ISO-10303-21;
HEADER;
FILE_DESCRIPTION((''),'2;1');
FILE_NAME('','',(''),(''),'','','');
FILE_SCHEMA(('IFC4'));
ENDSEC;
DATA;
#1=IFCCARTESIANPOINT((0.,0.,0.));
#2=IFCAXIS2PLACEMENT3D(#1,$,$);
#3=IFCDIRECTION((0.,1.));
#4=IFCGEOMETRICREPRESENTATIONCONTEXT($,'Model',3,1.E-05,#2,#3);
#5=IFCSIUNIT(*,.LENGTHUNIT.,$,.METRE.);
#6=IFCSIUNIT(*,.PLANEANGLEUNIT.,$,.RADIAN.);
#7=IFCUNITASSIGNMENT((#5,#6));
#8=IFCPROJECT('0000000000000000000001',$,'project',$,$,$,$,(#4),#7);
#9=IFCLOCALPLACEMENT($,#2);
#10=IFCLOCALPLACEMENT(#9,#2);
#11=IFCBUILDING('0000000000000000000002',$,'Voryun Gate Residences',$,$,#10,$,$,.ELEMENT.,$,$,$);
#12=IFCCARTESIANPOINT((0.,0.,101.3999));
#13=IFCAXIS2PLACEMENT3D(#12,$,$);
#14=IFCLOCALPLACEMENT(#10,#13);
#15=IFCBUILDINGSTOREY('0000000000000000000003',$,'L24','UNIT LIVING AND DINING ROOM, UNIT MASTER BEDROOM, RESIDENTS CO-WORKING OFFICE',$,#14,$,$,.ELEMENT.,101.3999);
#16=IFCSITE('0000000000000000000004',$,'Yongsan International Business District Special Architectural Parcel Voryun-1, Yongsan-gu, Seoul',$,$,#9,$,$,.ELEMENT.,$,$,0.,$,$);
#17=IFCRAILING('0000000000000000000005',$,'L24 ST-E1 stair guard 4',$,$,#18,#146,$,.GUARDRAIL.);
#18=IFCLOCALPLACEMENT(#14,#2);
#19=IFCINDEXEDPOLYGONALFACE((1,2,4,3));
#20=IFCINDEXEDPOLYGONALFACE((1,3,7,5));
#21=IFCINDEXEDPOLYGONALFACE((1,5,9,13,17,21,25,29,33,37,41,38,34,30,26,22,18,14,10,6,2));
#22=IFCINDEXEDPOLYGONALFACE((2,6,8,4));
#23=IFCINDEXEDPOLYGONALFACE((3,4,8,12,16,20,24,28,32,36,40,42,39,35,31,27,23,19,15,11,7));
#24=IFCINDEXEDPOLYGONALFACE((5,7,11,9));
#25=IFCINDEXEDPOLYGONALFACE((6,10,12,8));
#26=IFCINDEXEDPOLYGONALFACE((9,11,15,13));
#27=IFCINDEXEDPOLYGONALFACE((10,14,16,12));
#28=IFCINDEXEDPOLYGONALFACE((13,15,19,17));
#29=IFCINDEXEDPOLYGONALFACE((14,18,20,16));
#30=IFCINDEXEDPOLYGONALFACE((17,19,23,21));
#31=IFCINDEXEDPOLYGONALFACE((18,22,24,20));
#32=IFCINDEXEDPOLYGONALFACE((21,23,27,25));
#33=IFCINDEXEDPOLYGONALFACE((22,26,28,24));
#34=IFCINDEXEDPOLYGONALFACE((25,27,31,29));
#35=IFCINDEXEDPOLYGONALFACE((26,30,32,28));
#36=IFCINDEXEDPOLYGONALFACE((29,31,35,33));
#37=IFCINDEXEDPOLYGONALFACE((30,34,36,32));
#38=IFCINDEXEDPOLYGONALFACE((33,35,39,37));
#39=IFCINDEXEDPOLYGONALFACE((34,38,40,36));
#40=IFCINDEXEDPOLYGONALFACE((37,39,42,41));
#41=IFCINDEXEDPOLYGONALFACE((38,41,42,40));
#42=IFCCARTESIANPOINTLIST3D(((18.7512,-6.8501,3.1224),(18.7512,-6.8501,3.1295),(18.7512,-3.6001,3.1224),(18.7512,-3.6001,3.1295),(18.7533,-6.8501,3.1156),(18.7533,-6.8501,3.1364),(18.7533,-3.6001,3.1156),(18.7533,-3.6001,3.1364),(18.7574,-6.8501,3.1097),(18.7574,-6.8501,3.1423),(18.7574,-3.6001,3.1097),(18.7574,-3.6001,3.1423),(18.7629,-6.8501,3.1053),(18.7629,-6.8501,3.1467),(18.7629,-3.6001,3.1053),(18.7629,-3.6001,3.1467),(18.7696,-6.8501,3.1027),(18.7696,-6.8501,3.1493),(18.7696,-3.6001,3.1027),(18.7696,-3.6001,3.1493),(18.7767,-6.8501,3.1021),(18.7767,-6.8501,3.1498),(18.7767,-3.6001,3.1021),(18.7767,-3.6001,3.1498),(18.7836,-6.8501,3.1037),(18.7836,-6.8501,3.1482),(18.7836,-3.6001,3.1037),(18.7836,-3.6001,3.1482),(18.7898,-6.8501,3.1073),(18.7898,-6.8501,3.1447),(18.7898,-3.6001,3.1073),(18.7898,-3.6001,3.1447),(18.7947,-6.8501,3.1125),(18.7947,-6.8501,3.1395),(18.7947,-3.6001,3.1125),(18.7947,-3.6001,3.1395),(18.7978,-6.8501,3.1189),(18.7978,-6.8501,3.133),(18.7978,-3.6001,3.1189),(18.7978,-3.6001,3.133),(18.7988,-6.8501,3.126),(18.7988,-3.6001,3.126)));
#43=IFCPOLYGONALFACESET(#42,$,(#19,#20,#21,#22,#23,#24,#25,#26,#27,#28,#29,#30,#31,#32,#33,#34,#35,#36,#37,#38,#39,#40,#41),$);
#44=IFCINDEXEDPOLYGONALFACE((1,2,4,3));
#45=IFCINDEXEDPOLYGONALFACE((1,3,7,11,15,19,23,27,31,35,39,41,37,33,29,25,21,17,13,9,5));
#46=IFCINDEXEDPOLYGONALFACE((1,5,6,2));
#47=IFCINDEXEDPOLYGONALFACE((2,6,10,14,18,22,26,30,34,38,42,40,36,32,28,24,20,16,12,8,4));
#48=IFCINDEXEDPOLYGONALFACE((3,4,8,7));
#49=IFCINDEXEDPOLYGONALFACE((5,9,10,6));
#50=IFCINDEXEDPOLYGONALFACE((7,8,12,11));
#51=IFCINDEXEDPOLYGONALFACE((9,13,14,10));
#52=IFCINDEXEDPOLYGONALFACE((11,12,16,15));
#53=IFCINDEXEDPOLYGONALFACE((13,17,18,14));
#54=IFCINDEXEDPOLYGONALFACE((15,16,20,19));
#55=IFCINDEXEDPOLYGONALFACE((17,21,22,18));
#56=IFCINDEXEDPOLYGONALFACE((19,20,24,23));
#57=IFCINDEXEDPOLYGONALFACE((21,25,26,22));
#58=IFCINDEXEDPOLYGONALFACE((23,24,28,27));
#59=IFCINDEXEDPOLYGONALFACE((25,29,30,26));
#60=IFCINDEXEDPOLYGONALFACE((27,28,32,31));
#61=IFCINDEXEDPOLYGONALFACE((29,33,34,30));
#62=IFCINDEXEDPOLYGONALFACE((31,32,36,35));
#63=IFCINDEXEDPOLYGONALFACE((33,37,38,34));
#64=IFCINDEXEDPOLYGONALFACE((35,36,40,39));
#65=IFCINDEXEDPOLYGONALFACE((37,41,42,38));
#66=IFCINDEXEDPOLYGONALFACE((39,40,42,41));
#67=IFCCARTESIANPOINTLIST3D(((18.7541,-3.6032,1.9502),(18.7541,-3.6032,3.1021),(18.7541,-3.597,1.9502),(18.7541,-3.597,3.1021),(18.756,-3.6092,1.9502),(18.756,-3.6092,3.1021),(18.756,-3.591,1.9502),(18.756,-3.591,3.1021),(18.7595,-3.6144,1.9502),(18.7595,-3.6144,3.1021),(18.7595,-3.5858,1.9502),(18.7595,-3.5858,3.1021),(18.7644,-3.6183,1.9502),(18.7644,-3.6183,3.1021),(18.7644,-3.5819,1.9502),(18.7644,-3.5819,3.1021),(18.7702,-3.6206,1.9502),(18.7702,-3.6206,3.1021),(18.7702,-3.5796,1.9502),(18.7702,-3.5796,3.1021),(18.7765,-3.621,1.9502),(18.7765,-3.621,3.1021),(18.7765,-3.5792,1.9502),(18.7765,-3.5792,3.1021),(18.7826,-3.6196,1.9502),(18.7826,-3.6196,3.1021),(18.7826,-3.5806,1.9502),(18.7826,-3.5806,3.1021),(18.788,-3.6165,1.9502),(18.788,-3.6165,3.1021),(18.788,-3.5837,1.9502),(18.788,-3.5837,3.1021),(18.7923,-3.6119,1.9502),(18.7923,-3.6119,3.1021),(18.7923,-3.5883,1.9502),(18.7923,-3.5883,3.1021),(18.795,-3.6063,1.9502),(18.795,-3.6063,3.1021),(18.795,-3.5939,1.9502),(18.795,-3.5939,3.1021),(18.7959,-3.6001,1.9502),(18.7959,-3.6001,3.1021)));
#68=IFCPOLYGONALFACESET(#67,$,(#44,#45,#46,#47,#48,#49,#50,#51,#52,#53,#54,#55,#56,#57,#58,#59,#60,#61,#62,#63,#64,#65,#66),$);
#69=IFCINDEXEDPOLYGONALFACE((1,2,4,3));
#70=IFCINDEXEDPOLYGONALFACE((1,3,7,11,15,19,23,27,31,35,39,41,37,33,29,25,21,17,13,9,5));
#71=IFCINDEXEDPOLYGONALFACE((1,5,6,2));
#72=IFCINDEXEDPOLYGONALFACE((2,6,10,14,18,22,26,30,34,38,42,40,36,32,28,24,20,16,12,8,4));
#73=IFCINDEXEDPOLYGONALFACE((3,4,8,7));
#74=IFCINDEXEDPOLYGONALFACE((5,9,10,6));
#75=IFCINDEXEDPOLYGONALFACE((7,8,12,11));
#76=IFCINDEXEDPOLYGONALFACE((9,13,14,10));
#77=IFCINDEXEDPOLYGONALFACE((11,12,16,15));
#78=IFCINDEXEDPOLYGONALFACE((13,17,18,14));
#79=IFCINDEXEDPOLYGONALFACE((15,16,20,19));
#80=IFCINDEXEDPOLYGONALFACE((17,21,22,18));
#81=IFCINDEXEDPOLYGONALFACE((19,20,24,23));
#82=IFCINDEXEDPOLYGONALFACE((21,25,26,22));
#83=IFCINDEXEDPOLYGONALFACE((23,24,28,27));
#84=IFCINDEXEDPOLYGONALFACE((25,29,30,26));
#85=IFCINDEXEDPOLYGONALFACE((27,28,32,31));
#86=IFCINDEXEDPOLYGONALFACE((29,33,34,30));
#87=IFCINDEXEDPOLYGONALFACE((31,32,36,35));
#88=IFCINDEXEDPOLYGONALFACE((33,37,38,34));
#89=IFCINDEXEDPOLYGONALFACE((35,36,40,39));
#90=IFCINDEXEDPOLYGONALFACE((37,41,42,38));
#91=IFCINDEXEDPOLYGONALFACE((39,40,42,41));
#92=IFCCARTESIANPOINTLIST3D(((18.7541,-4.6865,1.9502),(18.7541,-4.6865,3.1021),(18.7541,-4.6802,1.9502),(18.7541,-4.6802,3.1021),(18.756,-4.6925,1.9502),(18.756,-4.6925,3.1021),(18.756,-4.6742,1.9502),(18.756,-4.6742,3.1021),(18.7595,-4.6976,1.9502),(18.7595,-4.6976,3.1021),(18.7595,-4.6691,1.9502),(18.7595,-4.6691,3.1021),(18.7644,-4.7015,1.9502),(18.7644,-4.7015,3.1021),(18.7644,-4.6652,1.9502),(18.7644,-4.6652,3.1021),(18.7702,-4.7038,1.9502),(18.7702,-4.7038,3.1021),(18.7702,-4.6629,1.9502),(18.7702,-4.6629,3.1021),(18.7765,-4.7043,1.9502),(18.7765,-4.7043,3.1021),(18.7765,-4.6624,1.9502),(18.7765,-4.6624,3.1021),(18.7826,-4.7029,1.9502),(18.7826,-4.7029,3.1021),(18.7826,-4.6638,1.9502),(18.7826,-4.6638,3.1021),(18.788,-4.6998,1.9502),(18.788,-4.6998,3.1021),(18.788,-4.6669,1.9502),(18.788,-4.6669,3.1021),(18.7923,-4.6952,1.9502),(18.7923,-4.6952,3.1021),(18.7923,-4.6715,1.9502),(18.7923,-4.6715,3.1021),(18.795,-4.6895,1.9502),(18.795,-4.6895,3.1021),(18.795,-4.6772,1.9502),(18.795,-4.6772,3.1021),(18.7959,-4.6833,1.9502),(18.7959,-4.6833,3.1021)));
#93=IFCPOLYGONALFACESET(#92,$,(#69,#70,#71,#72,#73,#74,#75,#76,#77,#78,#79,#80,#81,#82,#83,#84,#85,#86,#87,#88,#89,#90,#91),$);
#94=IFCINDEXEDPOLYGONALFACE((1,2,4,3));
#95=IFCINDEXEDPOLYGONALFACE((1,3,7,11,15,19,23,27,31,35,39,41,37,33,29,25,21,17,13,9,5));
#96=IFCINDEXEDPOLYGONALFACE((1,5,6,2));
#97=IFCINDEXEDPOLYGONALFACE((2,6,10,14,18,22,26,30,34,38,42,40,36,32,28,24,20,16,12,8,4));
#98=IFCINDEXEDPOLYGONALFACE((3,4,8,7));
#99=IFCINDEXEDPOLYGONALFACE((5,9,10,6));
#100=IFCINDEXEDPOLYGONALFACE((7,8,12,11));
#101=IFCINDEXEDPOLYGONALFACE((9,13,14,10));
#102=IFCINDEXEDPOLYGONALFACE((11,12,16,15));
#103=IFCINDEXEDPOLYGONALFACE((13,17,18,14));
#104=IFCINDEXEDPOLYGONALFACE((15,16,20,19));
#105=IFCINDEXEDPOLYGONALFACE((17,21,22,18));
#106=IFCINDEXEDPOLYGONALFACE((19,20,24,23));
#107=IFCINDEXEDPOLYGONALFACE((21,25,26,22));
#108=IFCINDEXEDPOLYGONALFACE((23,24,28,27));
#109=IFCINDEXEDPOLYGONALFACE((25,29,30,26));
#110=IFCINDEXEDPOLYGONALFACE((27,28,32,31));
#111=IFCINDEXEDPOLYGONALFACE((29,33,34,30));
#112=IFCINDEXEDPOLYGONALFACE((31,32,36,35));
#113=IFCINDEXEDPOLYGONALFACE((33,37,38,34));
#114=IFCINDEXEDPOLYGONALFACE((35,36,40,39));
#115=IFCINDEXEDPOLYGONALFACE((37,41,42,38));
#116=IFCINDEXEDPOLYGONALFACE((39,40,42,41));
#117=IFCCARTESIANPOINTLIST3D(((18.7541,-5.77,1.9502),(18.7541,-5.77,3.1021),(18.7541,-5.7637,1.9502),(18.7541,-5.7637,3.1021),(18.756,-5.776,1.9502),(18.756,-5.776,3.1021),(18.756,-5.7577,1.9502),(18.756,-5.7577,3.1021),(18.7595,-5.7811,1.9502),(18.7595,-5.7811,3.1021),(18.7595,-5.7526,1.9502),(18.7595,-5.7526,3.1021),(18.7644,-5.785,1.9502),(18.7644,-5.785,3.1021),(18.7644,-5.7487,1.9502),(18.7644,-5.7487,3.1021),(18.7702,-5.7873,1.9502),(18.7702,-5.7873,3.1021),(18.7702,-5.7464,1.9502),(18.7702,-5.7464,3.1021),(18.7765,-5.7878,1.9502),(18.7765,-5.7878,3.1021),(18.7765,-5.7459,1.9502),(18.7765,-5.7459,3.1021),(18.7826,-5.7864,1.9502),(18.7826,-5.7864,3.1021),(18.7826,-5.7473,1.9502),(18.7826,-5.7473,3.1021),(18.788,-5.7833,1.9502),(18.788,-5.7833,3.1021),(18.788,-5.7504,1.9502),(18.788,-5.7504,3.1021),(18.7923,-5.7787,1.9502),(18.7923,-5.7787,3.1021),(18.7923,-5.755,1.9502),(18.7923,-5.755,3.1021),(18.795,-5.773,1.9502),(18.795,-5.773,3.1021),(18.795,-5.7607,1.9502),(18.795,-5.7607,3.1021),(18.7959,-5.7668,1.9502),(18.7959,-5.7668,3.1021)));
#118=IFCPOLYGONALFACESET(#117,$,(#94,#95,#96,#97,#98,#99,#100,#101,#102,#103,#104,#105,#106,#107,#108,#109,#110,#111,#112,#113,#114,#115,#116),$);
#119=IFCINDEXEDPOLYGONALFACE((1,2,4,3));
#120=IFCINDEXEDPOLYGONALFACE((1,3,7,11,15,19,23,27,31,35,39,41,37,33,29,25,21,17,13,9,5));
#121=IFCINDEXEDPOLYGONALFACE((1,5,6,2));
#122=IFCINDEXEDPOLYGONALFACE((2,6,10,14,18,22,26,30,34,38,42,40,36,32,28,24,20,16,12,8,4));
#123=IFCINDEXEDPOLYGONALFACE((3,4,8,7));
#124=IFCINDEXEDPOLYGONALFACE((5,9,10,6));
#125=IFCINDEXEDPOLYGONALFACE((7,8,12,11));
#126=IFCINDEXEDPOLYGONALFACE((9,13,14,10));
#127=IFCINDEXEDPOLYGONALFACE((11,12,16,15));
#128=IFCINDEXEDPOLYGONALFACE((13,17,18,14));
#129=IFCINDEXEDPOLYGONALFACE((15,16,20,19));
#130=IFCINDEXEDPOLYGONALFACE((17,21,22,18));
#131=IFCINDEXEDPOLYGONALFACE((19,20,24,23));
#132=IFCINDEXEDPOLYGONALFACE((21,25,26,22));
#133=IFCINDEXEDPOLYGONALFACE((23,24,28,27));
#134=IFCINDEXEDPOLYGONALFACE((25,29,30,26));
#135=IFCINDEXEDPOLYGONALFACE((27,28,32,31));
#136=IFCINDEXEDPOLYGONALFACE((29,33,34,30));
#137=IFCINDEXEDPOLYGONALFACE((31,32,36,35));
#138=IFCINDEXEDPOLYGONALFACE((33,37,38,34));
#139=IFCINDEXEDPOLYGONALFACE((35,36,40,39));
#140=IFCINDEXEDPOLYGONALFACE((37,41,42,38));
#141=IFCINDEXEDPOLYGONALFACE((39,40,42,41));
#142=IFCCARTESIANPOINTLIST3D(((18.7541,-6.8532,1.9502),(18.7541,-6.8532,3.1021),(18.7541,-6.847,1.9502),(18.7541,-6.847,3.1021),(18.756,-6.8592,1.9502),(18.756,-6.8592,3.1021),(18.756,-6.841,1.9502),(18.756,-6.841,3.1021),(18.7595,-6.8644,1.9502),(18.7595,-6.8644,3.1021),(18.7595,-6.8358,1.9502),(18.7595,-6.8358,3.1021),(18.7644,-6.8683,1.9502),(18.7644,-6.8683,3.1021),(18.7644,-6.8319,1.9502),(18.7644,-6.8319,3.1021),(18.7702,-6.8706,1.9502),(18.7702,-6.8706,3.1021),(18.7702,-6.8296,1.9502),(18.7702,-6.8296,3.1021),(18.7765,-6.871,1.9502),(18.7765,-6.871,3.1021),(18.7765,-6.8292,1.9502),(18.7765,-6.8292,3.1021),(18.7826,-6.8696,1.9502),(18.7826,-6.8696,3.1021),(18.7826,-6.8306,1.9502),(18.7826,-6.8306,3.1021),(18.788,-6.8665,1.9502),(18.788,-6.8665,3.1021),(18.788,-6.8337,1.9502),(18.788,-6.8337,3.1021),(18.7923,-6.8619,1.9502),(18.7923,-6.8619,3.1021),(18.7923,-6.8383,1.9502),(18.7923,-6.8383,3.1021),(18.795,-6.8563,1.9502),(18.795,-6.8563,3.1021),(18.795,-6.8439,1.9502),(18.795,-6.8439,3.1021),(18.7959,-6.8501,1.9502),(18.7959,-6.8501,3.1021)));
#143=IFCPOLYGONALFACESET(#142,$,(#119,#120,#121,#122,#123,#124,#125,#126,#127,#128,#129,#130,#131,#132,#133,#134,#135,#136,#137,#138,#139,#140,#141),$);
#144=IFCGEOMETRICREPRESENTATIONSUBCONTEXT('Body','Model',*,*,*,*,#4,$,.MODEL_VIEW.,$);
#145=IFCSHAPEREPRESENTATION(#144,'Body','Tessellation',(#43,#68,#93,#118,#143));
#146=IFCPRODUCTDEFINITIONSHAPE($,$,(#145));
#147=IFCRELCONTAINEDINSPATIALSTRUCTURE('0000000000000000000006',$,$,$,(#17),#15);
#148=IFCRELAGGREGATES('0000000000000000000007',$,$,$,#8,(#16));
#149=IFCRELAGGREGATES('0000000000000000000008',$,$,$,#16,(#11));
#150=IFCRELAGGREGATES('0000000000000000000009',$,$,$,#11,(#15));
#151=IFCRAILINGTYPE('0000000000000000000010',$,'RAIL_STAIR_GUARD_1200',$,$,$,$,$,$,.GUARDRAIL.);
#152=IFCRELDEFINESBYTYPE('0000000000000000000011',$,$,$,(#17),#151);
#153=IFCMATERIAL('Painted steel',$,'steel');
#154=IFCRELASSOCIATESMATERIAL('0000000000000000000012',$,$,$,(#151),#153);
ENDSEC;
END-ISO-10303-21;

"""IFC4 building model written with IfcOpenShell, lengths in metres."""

from ifc_helpers import new_model, si_unit, direction, frame, origin, origin_2d, place, context, subcontext, project, spatial, circle, extrude, material, type_object, element, save


model = new_model("IFC4")

# Units and contexts
model_context = context("Model", 3, precision=1e-05, world=origin(), true_north=direction((0.0, 1.0)))
body_context = subcontext(model_context, "Body", "Model", "MODEL_VIEW")
ifc_project = project(units=[si_unit("LENGTHUNIT", "METRE"), si_unit("PLANEANGLEUNIT", "RADIAN")], contexts=[model_context])

# Site, building, storey
site_placement = place(None, origin())
site = spatial("IfcSite", under=ifc_project, at=site_placement, Name="Yongsan International Business District Special Architectural Parcel Voryun-1, Yongsan-gu, Seoul", CompositionType="ELEMENT", RefElevation=0.0)
building_placement = place(site_placement, origin())
building = spatial("IfcBuilding", under=site, at=building_placement, Name="Voryun Gate Residences", CompositionType="ELEMENT")
storey_placement = place(building_placement, frame((0.0, 0.0, 101.3999)))
storey = spatial("IfcBuildingStorey", under=building, at=storey_placement, Name="L24", Description="UNIT LIVING AND DINING ROOM, UNIT MASTER BEDROOM, RESIDENTS CO-WORKING OFFICE", CompositionType="ELEMENT", Elevation=101.3999)

# Railing
ifc_material_1 = material(Name="Painted steel", Category="steel")
railing_type_1 = type_object("IfcRailingType", Name="RAIL_STAIR_GUARD_1200", PredefinedType="GUARDRAIL", material=ifc_material_1)
railing_1_placement = place(storey_placement, frame((18.7749, -3.6001, 1.9502)))
element("IfcRailing", 1, at=railing_1_placement, inside=storey, type_object=railing_type_1, Name="L24 ST-E1 stair guard 4", PredefinedType="GUARDRAIL", context=body_context, shape_type="SweptSolid", body=[
    extrude(circle(Radius=0.0239, at=origin_2d()), frame((0.0, 0.0, 1.1758), z_axis=(0.0, -1.0, 0.0), x_axis=(1.0, 0.0, 0.0)), (0.0, 0.0, 1.0), 3.25),
    extrude(circle(Radius=0.021, at=origin_2d()), origin(), (0.0, 0.0, 1.0), 1.1519),
    extrude(circle(Radius=0.021, at=origin_2d()), frame((0.0, -1.0833, 0.0)), (0.0, 0.0, 1.0), 1.1519),
    extrude(circle(Radius=0.021, at=origin_2d()), frame((0.0, -2.1667, 0.0)), (0.0, 0.0, 1.0), 1.1519),
    extrude(circle(Radius=0.021, at=origin_2d()), frame((0.0, -3.25, 0.0)), (0.0, 0.0, 1.0), 1.1519),
])

save(model, "model.ifc")
